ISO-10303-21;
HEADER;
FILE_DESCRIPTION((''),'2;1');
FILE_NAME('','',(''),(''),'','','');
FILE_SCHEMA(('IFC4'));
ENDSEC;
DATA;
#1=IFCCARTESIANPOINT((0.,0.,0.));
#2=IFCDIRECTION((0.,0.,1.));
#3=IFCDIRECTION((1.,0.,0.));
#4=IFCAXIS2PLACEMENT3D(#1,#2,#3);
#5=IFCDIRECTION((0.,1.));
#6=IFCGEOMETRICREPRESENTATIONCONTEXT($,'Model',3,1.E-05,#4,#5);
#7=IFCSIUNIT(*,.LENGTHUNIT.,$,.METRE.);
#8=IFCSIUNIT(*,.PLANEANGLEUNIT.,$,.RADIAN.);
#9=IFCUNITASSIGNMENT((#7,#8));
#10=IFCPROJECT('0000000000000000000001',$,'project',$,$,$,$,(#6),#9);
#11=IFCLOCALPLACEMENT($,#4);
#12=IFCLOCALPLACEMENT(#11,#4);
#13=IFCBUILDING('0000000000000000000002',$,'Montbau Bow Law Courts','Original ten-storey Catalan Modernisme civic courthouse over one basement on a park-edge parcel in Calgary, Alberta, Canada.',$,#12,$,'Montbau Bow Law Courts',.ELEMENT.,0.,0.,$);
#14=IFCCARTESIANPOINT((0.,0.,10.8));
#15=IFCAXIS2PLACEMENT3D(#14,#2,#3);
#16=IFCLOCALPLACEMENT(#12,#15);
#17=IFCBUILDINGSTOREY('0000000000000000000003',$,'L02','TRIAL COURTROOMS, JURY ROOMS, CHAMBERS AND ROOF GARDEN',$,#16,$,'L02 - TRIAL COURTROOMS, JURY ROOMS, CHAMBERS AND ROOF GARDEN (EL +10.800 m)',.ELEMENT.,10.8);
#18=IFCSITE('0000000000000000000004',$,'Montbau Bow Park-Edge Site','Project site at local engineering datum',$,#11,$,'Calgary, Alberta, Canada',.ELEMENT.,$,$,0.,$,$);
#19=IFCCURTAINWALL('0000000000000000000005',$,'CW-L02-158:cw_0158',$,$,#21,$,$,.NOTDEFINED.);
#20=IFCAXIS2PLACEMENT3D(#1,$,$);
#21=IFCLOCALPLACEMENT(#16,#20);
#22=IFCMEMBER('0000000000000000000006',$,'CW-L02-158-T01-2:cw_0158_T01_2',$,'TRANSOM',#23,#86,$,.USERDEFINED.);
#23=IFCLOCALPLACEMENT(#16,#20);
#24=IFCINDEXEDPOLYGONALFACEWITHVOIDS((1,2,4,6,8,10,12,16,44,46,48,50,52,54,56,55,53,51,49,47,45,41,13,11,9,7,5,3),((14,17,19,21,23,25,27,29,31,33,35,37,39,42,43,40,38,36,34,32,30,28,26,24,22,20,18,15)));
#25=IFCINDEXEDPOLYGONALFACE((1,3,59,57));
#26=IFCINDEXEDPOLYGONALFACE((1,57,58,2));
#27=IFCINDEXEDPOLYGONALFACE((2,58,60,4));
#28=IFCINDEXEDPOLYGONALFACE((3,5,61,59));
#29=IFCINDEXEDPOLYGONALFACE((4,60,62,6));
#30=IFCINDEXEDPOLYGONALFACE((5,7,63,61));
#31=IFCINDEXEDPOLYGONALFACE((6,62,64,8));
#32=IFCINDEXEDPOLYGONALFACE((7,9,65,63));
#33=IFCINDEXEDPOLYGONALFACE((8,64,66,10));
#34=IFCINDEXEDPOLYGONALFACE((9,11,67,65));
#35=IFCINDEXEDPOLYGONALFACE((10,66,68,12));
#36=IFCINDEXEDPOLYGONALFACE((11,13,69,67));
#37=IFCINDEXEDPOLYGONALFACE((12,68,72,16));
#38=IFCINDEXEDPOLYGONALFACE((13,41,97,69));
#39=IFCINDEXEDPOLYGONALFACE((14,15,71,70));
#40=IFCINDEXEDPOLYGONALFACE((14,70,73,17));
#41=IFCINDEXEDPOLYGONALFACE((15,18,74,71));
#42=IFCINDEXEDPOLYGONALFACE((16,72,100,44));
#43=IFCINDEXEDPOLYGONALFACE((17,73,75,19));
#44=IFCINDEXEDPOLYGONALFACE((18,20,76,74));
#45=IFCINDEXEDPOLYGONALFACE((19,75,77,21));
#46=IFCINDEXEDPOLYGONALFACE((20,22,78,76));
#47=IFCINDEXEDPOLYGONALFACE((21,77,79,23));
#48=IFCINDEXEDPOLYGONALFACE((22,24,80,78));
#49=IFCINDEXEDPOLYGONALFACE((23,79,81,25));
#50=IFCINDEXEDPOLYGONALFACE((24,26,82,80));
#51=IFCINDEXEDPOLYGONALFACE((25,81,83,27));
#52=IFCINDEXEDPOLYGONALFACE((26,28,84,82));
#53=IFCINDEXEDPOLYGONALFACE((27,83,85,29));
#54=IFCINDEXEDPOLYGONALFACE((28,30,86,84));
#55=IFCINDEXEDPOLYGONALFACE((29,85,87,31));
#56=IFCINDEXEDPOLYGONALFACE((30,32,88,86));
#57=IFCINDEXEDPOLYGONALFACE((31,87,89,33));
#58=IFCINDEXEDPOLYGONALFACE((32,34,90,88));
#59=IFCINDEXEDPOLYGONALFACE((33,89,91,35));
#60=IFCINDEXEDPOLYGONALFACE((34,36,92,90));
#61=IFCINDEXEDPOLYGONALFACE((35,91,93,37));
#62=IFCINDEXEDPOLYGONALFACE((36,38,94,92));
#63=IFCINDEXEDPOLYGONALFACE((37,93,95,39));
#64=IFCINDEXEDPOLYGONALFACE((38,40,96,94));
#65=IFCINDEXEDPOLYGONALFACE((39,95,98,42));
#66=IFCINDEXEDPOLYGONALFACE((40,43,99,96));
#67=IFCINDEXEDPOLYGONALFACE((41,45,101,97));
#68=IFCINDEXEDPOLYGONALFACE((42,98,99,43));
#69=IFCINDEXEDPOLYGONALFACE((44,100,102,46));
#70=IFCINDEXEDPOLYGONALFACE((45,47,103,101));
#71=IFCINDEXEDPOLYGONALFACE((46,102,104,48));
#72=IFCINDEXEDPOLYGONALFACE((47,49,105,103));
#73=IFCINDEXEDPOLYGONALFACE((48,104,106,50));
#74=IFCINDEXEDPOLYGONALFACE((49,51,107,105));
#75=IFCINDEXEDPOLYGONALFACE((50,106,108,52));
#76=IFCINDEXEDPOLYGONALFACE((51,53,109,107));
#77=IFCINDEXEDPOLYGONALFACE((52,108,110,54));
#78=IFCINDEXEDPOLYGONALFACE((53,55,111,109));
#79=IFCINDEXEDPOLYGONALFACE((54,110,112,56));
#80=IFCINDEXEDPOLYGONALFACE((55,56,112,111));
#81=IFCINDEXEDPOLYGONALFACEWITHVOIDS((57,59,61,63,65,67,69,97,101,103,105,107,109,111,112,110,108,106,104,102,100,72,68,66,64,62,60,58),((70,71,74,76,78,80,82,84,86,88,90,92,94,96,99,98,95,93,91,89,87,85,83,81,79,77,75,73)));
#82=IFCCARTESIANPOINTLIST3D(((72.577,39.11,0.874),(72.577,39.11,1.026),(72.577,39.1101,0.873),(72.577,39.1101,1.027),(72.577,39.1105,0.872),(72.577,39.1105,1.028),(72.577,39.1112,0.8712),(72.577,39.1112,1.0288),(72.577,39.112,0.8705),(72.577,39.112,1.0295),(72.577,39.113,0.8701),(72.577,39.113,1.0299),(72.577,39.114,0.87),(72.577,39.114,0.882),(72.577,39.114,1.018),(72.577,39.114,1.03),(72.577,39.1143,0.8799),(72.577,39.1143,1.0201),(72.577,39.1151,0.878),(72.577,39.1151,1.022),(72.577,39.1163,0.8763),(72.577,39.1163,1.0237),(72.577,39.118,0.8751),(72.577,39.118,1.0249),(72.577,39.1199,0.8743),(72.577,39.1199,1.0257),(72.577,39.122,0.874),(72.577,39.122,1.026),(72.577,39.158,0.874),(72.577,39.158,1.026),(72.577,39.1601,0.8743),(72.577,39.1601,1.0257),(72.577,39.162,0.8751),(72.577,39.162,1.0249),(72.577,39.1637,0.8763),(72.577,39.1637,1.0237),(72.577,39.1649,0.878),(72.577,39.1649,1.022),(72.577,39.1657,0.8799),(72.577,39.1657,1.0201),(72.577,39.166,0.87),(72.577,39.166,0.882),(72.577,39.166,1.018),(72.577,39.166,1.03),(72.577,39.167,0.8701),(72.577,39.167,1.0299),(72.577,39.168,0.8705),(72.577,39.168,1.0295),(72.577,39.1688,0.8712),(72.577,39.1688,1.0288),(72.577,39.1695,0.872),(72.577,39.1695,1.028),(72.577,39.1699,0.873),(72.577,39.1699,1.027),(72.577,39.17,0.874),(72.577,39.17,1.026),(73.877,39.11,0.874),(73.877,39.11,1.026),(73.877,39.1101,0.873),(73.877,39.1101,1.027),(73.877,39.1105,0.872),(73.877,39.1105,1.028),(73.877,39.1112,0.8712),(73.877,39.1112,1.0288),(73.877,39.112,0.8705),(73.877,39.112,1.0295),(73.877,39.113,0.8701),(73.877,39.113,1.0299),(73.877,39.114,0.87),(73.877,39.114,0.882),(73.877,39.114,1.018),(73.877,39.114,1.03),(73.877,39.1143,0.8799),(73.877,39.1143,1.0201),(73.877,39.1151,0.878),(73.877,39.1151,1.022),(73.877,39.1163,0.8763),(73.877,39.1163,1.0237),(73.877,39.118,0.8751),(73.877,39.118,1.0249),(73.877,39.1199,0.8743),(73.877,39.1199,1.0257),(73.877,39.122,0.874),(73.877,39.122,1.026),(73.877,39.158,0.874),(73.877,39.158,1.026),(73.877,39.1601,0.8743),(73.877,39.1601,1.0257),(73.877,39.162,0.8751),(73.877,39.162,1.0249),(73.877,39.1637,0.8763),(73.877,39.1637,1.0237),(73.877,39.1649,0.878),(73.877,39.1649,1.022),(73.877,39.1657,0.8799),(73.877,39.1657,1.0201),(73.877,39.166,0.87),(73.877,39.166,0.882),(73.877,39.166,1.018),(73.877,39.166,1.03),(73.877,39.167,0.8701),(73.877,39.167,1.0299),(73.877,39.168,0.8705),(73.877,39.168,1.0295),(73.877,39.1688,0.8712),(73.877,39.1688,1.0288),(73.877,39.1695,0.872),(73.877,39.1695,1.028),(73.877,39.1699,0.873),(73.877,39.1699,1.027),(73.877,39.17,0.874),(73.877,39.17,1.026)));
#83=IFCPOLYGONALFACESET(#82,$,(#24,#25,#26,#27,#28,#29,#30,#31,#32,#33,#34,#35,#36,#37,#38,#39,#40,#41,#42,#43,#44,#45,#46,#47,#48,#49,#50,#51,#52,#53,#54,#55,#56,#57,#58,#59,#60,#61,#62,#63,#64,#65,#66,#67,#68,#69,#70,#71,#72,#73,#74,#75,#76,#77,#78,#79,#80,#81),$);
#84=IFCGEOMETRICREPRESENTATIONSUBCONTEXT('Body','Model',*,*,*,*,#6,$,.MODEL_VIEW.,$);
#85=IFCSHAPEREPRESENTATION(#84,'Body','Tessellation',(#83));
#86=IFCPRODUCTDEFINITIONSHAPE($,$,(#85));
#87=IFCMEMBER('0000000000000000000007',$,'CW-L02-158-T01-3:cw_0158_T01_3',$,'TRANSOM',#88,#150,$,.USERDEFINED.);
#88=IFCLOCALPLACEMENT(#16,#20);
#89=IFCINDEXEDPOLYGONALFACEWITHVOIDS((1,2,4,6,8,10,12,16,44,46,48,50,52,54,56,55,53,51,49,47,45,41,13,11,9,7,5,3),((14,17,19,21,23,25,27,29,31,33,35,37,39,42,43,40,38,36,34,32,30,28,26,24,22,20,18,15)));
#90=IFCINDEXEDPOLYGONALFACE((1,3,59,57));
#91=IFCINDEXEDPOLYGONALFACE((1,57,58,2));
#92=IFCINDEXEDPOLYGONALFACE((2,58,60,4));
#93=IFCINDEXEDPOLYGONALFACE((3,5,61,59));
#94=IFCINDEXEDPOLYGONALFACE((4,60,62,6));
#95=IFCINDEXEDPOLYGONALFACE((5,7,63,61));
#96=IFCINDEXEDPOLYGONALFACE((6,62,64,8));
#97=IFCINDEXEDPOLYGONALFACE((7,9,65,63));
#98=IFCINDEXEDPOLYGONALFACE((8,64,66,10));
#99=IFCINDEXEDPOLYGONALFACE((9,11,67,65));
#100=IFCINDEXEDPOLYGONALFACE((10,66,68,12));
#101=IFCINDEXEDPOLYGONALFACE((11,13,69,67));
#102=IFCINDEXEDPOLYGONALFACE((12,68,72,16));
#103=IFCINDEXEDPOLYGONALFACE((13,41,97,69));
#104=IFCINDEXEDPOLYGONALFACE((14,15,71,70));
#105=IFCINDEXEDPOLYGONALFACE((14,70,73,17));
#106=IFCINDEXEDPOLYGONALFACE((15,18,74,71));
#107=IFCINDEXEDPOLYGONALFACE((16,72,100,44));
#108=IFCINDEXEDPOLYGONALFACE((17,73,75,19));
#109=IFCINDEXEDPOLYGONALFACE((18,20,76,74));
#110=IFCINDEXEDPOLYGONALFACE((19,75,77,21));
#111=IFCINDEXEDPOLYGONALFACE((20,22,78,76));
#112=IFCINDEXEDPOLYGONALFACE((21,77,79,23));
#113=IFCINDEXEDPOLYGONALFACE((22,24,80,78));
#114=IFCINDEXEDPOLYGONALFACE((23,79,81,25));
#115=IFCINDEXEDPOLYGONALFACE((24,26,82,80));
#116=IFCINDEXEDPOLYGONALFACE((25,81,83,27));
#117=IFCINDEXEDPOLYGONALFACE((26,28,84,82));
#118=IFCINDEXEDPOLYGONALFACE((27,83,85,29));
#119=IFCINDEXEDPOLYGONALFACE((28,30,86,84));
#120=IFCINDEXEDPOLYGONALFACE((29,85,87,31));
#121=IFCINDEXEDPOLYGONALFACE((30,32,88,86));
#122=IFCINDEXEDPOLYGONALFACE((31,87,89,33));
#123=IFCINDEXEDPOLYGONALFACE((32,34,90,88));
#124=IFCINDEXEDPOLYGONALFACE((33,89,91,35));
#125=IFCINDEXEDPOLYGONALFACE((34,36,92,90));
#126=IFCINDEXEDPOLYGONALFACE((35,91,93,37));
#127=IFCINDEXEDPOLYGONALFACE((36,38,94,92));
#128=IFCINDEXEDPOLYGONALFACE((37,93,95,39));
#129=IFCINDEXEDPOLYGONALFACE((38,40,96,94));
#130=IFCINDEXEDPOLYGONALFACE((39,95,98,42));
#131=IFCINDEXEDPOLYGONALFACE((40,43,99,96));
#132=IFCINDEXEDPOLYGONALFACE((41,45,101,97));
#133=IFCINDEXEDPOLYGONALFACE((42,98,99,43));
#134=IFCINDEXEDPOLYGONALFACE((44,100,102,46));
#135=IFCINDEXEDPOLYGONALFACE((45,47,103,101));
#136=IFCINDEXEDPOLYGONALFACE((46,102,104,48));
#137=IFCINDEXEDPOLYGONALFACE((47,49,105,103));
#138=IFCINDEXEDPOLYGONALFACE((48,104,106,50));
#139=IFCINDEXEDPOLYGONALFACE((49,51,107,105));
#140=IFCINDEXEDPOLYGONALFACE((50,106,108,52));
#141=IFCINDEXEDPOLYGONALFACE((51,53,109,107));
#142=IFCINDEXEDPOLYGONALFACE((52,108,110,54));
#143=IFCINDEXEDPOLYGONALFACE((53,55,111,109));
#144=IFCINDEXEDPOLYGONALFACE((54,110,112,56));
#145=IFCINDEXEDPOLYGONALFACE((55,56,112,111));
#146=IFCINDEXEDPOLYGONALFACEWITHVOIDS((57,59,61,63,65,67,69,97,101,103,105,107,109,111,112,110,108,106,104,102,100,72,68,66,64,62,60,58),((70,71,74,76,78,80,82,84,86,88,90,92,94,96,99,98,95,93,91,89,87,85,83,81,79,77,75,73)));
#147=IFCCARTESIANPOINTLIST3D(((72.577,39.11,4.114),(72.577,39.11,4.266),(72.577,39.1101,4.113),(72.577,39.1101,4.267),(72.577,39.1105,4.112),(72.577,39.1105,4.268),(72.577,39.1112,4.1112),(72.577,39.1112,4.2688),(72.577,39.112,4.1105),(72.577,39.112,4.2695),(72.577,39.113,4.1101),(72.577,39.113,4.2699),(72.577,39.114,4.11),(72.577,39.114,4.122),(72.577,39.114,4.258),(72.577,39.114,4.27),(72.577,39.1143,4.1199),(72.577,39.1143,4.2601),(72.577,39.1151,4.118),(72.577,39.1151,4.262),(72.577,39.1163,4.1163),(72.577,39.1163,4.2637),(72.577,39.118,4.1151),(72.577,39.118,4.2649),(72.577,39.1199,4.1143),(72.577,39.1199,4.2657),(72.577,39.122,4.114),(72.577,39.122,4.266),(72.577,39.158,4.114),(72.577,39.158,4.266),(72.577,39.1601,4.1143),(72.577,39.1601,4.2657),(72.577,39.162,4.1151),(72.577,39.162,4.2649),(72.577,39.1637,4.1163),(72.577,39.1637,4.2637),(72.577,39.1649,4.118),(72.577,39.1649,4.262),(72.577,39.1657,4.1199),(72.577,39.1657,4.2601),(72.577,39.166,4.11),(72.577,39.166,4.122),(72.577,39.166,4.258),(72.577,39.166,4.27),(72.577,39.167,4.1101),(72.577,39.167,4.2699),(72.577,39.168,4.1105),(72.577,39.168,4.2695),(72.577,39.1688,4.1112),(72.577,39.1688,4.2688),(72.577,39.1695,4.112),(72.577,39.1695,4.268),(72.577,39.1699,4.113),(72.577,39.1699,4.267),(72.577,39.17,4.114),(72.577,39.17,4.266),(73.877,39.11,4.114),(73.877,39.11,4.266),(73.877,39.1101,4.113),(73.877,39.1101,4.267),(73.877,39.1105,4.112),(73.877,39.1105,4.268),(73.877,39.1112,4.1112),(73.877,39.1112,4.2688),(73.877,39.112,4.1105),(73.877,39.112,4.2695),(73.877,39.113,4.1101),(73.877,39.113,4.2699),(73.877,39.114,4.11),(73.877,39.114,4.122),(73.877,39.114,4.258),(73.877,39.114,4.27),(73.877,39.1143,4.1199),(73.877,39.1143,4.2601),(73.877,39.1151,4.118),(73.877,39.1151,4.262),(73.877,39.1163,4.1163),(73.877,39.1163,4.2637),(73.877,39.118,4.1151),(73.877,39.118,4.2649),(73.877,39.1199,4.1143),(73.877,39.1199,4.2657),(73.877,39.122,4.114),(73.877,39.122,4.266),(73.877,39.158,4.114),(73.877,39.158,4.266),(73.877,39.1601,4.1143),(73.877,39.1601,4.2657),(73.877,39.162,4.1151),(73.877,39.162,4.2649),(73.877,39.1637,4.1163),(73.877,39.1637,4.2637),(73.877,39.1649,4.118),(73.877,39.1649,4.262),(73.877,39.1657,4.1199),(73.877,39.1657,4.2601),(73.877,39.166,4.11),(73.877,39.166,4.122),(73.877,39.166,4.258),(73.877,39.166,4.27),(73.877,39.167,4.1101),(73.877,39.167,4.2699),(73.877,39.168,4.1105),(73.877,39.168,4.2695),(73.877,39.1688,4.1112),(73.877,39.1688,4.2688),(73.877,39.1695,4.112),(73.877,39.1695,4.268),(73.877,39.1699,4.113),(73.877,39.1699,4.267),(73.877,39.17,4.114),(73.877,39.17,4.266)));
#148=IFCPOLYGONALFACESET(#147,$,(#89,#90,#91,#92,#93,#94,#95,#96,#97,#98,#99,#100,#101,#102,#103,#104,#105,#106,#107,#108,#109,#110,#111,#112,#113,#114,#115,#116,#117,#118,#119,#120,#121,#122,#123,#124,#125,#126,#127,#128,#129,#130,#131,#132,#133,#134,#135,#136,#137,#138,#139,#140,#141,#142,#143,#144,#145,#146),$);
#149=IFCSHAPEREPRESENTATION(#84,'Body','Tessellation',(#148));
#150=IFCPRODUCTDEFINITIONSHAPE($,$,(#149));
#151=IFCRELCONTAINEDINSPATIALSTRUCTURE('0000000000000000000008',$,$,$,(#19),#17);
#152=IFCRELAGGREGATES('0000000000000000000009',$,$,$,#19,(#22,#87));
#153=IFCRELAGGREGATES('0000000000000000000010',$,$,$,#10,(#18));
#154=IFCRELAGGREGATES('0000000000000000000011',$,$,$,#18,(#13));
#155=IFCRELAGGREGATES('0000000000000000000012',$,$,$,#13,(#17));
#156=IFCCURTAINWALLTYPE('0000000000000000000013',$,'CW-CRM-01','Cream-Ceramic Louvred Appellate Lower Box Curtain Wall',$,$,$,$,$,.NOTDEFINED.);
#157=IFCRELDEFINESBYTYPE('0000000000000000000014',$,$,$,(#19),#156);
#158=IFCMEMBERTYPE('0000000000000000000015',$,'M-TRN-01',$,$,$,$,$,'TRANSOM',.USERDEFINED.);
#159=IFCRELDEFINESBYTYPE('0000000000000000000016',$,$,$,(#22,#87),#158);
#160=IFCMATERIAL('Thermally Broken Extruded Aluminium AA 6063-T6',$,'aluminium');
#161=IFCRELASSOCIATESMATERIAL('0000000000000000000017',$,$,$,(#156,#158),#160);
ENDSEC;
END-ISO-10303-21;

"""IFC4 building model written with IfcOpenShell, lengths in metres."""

from ifc_helpers import new_model, si_unit, direction, frame, origin_with_axes, origin_2d_with_axis, place, context, subcontext, project, spatial, hollow_rectangle, extrude, material, material_profile, profile_set, type_object, element, aggregate, save


model = new_model("IFC4")

# Units and contexts
model_context = context("Model", 3, precision=1e-05, world=origin_with_axes(), true_north=direction((0.0, 1.0)))
body_context = subcontext(model_context, "Body", "Model", "MODEL_VIEW")
ifc_project = project(units=[si_unit("LENGTHUNIT", "METRE"), si_unit("PLANEANGLEUNIT", "RADIAN")], contexts=[model_context])

# Site, building, storey
site_placement = place(None, origin_with_axes())
site = spatial("IfcSite", under=ifc_project, at=site_placement, Name="Montbau Bow Park-Edge Site", Description="Project site at local engineering datum", LongName="Calgary, Alberta, Canada", CompositionType="ELEMENT", RefElevation=0.0)
building_placement = place(site_placement, origin_with_axes())
building = spatial("IfcBuilding", under=site, at=building_placement, Name="Montbau Bow Law Courts", Description="Original ten-storey Catalan Modernisme civic courthouse over one basement on a park-edge parcel in Calgary, Alberta, Canada.", LongName="Montbau Bow Law Courts", CompositionType="ELEMENT", ElevationOfRefHeight=0.0, ElevationOfTerrain=0.0)
storey_placement = place(building_placement, frame((0.0, 0.0, 10.8), z_axis=(0.0, 0.0, 1.0), x_axis=(1.0, 0.0, 0.0)))
storey = spatial("IfcBuildingStorey", under=building, at=storey_placement, Name="L02", Description="TRIAL COURTROOMS, JURY ROOMS, CHAMBERS AND ROOF GARDEN", LongName="L02 - TRIAL COURTROOMS, JURY ROOMS, CHAMBERS AND ROOF GARDEN (EL +10.800 m)", CompositionType="ELEMENT", Elevation=10.8)

# Curtain wall
ifc_material_1 = material(Name="Thermally Broken Extruded Aluminium AA 6063-T6", Category="aluminium")
curtain_wall_type = type_object("IfcCurtainWallType", Name="CW-CRM-01", Description="Cream-Ceramic Louvred Appellate Lower Box Curtain Wall", PredefinedType="NOTDEFINED", material=ifc_material_1)
curtain_wall_placement = place(None, frame((72.515, 39.14, 10.8), z_axis=(0.0, 0.0, 1.0), x_axis=(1.0, 0.0, 0.0)))
curtain_wall = element("IfcCurtainWall", 1, at=curtain_wall_placement, inside=storey, type_object=curtain_wall_type, Name="CW-L02-158:cw_0158", PredefinedType="NOTDEFINED")

# Members
ifc_material_profile_1 = material_profile(ifc_material_1, hollow_rectangle(XDim=0.06, YDim=0.16, WallThickness=0.004, InnerFilletRadius=0.008, OuterFilletRadius=0.004, at=origin_2d_with_axis()), Name="CWT-160X60", Category="Main", Priority=0)
ifc_profile_set_1 = profile_set([ifc_material_profile_1], Name="Thermally Broken Extruded Aluminium AA 6063-T6")
member_type_1 = type_object("IfcMemberType", Name="M-TRN-01", ElementType="TRANSOM", PredefinedType="USERDEFINED", material=ifc_profile_set_1)
member_1_placement = place(None, frame((72.577, 39.14, 11.75), z_axis=(1.0, 0.0, 0.0), x_axis=(0.0, 1.0, 0.0)))
member_1 = element("IfcMember", 2, at=member_1_placement, type_object=member_type_1, Name="CW-L02-158-T01-2:cw_0158_T01_2", ObjectType="TRANSOM", PredefinedType="USERDEFINED", context=body_context, shape_type="SweptSolid", body=[
    extrude(hollow_rectangle(XDim=0.06, YDim=0.16, WallThickness=0.004, InnerFilletRadius=0.008, OuterFilletRadius=0.004, at=origin_2d_with_axis()), origin_with_axes(), (0.0, 0.0, 1.0), 1.3),
])
member_2_placement = place(None, frame((72.577, 39.14, 14.99), z_axis=(1.0, 0.0, 0.0), x_axis=(0.0, 1.0, 0.0)))
member_2 = element("IfcMember", 3, at=member_2_placement, type_object=member_type_1, Name="CW-L02-158-T01-3:cw_0158_T01_3", ObjectType="TRANSOM", PredefinedType="USERDEFINED", context=body_context, shape_type="SweptSolid", body=[
    extrude(hollow_rectangle(XDim=0.06, YDim=0.16, WallThickness=0.004, InnerFilletRadius=0.008, OuterFilletRadius=0.004, at=origin_2d_with_axis()), origin_with_axes(), (0.0, 0.0, 1.0), 1.3),
])

aggregate(curtain_wall, [member_1, member_2])

save(model, "model.ifc")
